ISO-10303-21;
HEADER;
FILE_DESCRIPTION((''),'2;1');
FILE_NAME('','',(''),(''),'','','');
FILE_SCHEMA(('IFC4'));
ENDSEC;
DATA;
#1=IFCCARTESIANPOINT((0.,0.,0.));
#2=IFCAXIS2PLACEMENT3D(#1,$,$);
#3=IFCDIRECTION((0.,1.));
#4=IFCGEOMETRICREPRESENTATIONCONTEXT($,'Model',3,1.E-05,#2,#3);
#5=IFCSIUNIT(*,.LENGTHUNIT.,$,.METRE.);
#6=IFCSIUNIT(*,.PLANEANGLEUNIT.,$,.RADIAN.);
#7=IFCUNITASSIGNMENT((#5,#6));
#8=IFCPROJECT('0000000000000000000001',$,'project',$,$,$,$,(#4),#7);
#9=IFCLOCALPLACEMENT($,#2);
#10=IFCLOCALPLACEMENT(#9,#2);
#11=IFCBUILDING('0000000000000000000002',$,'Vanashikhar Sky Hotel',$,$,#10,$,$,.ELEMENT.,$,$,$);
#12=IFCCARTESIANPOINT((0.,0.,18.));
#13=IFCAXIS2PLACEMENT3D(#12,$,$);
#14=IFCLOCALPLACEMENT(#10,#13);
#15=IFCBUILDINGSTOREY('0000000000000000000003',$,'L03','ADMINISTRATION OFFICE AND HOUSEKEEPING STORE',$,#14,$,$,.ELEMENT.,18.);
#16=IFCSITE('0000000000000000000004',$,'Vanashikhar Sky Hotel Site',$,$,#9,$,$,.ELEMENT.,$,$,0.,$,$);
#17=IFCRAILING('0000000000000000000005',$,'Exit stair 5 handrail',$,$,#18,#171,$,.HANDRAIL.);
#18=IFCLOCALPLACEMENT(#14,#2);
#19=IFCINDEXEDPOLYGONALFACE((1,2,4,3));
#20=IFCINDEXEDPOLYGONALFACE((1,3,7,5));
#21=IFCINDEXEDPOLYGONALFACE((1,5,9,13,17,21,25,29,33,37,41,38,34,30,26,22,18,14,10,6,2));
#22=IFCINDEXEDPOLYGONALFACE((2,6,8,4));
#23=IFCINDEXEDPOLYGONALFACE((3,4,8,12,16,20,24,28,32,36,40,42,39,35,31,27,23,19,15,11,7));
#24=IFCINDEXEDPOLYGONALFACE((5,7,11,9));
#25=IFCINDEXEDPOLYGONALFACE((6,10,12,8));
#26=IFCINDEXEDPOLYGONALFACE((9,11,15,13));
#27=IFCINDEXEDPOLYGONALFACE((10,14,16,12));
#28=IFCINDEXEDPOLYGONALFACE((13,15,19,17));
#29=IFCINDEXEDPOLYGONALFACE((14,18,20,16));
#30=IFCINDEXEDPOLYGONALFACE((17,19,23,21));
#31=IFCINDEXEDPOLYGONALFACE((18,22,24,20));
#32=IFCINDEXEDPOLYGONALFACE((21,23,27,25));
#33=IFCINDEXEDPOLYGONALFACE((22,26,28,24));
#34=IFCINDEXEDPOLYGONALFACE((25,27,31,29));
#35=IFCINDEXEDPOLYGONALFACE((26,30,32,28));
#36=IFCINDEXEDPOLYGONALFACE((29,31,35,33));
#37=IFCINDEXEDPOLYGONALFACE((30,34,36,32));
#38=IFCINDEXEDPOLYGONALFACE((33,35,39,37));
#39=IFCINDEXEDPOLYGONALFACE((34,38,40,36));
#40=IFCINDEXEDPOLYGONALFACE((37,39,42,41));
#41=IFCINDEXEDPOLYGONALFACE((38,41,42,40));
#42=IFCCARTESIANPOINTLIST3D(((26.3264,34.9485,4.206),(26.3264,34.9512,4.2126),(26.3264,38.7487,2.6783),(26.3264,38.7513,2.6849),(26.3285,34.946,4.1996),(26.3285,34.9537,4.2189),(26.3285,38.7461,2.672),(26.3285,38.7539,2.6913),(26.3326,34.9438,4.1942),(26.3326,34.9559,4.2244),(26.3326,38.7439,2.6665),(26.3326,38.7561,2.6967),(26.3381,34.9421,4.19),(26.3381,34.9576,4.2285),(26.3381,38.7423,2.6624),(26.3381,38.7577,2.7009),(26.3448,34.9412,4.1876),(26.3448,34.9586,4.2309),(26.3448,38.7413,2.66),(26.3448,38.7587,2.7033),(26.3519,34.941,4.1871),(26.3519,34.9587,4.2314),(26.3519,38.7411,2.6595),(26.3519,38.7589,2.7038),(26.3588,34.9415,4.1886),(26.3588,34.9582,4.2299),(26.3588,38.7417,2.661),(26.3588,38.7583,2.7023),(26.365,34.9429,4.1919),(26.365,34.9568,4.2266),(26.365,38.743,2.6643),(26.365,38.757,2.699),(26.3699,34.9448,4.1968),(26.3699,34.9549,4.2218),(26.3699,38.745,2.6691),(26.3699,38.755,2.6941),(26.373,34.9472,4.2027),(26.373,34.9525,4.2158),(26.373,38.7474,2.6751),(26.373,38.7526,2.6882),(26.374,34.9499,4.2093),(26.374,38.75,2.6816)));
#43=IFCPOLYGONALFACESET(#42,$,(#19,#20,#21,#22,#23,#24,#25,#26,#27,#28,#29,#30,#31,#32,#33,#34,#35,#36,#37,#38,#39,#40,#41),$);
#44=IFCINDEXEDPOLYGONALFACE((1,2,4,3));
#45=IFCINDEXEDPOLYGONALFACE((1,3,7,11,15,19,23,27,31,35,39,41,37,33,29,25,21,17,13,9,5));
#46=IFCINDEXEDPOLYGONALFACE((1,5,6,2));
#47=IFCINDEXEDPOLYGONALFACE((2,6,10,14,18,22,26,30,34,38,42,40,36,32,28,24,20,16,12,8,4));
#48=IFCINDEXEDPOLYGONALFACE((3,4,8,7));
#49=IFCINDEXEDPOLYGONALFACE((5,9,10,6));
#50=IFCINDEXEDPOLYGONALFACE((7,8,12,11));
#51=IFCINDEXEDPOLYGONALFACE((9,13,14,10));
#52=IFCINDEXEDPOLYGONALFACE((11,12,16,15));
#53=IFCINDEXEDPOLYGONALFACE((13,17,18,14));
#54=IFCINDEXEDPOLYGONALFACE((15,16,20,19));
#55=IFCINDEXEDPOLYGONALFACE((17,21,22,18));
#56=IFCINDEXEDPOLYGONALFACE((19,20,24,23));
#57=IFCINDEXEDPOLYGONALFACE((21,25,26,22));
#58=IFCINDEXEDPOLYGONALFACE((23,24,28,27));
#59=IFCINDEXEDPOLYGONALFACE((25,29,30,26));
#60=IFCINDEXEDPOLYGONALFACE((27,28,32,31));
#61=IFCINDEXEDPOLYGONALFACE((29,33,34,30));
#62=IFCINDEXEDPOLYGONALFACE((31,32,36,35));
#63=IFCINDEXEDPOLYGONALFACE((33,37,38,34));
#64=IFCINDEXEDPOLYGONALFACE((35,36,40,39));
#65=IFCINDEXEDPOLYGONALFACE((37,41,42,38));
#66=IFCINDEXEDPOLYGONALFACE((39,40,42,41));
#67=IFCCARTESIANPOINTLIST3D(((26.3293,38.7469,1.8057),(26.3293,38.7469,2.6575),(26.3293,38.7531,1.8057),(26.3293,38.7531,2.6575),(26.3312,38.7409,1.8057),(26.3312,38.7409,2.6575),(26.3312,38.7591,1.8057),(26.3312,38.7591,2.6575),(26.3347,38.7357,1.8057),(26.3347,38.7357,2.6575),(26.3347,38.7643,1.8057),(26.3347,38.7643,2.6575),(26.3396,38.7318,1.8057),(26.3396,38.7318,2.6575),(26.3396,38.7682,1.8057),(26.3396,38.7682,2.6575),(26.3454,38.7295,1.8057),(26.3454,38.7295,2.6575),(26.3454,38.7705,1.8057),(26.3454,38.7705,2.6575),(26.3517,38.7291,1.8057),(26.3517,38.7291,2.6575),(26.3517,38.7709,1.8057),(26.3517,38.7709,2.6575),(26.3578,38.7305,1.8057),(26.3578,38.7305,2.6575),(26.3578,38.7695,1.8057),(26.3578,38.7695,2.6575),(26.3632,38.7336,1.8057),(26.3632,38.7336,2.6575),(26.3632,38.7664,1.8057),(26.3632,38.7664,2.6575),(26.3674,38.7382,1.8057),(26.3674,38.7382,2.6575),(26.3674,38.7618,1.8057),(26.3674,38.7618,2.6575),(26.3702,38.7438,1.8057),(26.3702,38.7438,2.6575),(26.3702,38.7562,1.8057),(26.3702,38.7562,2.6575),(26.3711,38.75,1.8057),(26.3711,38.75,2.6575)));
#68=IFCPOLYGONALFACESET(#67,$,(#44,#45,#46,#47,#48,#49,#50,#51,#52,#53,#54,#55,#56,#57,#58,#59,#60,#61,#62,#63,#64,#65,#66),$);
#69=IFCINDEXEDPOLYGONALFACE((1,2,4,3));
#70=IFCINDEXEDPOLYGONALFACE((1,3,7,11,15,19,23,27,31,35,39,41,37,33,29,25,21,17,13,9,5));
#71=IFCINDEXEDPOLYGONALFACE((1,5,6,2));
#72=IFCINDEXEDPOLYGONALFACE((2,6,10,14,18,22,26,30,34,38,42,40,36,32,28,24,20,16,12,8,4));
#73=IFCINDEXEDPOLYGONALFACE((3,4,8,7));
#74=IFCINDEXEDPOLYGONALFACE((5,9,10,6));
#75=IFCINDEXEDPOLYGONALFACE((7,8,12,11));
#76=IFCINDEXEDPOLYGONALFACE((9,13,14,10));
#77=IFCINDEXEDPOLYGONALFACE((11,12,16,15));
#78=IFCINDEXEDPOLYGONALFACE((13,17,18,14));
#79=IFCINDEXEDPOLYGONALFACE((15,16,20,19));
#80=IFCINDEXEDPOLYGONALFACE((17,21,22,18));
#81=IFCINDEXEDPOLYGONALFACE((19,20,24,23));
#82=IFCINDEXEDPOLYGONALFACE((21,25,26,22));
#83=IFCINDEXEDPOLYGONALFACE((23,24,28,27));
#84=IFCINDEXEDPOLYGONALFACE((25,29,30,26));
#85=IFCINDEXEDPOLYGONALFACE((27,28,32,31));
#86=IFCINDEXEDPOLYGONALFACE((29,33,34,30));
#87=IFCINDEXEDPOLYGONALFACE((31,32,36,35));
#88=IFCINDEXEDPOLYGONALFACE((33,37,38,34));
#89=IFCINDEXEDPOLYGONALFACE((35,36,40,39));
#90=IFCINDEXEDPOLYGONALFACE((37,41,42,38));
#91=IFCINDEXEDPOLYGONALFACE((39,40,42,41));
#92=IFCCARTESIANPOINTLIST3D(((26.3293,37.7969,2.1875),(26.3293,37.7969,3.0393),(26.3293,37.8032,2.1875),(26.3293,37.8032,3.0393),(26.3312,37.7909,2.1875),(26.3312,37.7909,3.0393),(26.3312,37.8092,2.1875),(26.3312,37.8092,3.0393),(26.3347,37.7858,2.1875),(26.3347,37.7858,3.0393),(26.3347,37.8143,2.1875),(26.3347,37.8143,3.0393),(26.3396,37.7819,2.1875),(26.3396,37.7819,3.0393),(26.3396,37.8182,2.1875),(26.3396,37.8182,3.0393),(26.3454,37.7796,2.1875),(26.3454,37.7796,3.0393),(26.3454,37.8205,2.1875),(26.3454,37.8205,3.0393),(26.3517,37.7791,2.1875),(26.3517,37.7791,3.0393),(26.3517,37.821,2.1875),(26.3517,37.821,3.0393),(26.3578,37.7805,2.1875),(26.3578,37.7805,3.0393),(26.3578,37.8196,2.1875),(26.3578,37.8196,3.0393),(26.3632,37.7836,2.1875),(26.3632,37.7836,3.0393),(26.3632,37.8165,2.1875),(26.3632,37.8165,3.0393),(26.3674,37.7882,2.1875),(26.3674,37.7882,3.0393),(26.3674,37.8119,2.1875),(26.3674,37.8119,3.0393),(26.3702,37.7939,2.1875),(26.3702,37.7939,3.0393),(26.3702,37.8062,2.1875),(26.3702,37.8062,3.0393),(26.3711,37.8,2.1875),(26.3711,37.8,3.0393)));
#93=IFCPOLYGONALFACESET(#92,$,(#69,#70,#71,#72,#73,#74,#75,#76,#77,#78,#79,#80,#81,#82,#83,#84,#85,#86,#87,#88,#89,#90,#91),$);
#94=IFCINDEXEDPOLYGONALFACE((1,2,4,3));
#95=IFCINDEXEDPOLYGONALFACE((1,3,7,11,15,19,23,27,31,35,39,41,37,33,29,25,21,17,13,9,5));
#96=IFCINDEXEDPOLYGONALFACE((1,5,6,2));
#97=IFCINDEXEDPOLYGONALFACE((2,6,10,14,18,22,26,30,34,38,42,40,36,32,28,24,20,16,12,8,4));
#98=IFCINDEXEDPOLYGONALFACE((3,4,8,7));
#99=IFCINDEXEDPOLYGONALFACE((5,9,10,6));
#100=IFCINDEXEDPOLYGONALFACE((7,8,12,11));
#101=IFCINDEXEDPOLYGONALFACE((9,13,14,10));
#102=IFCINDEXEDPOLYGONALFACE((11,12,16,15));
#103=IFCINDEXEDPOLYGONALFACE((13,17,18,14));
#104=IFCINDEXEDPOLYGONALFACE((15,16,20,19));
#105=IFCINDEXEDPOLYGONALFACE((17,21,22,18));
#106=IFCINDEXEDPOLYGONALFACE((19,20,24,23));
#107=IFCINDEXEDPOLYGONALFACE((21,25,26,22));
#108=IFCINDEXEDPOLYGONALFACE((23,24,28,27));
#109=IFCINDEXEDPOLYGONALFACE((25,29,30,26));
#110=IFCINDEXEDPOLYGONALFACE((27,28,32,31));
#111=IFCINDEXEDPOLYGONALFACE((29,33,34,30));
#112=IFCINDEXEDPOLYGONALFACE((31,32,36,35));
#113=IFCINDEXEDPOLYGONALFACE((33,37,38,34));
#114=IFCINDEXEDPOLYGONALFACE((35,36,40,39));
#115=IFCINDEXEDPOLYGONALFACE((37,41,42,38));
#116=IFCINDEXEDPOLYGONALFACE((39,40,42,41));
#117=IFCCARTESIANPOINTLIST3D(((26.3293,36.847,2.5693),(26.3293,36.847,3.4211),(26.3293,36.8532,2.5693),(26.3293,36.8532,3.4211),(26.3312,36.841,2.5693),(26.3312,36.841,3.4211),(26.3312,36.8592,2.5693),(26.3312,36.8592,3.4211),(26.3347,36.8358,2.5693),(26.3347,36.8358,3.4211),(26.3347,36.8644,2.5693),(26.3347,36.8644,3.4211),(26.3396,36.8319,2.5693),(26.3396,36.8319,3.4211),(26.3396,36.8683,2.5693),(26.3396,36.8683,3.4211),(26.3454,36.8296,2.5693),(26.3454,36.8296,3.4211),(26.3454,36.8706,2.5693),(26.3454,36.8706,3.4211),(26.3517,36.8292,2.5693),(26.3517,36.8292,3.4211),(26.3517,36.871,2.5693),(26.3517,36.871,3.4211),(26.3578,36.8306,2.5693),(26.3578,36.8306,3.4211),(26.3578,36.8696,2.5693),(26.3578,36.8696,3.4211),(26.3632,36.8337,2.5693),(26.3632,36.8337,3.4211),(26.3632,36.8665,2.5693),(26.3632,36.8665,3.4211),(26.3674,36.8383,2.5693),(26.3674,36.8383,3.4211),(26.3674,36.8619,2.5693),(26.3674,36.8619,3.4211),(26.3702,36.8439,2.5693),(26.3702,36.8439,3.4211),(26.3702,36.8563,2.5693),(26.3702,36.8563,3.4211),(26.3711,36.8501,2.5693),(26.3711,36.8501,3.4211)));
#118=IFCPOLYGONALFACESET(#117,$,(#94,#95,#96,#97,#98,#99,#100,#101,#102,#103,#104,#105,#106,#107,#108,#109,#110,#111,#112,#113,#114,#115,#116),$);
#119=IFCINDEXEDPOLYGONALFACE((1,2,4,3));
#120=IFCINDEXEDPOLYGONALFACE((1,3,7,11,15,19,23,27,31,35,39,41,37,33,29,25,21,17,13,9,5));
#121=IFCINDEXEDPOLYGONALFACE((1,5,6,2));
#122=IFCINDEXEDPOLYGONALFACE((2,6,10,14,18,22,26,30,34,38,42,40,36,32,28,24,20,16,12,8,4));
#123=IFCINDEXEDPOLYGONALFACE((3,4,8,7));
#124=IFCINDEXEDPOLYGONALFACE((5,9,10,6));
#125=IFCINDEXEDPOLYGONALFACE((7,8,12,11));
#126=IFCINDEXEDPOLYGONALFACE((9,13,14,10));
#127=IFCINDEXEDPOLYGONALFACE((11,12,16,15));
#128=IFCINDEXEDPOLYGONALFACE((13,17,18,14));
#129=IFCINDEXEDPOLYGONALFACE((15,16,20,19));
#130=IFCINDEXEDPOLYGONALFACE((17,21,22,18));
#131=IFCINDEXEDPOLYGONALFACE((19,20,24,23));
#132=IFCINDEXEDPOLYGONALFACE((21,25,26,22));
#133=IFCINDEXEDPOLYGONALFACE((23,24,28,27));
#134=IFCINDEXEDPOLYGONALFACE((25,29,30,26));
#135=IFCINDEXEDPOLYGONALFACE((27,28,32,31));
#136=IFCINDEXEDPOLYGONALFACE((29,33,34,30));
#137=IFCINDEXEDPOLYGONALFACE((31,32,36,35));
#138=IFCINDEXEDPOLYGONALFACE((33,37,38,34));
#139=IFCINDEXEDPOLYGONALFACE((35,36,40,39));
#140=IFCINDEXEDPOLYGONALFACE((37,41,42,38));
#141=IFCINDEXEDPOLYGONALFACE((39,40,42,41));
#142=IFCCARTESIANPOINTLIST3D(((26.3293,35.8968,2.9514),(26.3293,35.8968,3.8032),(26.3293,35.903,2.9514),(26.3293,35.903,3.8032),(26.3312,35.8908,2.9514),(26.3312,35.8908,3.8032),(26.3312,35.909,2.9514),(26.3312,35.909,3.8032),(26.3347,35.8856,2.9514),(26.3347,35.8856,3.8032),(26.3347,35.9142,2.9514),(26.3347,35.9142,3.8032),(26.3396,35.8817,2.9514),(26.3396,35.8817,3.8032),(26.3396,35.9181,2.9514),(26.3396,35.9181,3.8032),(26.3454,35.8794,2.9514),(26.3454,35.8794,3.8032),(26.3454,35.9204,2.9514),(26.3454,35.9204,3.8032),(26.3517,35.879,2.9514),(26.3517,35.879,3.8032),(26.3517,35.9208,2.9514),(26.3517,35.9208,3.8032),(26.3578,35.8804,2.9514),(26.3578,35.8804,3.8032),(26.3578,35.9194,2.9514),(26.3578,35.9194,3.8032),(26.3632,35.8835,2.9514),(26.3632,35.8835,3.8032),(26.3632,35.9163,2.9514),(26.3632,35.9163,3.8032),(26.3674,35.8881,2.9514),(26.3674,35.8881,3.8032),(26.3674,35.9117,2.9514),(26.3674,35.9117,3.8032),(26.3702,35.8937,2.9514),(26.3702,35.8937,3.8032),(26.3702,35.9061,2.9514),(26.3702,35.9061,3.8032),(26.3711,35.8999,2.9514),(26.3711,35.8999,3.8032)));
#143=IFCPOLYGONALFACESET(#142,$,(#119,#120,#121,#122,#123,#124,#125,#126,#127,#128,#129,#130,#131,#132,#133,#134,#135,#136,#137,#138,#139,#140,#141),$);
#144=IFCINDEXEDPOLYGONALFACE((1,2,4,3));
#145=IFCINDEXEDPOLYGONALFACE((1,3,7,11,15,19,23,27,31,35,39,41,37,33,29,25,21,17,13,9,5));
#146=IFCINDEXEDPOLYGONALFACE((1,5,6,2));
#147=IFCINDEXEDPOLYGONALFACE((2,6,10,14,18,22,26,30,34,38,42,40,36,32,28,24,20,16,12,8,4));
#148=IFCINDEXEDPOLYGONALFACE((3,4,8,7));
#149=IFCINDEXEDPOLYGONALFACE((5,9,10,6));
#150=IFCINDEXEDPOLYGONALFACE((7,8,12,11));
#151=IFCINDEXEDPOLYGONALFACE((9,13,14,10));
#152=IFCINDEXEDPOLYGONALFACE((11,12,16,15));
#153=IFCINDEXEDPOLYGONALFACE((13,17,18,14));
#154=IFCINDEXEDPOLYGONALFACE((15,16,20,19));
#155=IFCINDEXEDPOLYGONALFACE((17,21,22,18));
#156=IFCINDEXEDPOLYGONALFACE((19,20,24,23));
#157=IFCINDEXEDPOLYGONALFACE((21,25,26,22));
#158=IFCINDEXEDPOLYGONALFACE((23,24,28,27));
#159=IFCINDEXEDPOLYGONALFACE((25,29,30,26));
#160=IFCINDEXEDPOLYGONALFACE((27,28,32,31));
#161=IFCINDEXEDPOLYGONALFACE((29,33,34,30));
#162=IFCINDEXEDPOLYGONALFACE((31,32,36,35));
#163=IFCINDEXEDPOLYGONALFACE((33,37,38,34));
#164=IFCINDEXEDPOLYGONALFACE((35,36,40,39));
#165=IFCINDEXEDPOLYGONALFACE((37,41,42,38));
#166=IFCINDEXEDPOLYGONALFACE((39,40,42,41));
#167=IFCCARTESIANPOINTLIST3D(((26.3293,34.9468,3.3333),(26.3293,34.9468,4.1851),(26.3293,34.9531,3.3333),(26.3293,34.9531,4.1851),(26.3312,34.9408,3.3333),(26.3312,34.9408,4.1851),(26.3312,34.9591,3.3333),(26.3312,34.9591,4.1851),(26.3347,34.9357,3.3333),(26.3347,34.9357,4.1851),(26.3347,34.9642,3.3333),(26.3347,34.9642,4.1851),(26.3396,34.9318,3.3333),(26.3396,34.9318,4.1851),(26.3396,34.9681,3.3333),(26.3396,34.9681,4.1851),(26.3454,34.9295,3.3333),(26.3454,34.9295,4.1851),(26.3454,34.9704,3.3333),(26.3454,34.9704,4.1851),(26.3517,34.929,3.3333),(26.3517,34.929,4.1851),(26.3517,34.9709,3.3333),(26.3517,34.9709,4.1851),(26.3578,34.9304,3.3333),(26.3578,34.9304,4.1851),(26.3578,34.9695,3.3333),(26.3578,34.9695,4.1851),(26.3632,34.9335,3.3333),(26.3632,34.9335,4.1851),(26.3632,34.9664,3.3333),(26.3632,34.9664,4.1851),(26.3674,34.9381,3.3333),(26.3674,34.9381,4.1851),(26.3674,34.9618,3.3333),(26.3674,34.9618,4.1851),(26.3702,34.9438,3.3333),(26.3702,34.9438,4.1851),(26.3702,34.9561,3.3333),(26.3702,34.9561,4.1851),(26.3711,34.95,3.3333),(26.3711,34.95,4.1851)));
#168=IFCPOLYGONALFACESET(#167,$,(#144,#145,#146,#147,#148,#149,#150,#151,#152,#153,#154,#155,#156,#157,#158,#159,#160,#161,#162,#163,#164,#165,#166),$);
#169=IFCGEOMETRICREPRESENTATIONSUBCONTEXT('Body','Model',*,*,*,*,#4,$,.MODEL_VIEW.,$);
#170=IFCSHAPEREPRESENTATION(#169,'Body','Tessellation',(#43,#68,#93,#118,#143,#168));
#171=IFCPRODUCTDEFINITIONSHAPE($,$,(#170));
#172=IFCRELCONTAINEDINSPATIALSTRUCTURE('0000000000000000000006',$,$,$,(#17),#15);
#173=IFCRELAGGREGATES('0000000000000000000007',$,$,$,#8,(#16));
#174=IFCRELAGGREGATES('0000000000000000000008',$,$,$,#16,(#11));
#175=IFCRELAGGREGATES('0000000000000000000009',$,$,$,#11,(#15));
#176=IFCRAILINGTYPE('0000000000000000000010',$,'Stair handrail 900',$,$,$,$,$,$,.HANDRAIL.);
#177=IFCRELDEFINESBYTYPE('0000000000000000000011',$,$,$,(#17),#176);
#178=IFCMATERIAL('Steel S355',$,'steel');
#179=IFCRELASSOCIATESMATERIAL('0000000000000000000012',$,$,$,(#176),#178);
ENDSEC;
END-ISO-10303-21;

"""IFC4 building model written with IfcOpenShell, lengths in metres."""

from ifc_helpers import new_model, si_unit, direction, frame, origin, origin_2d, place, context, subcontext, project, spatial, circle, extrude, source, transform, mapped, material, type_object, element, save


model = new_model("IFC4")

# Units and contexts
model_context = context("Model", 3, precision=1e-05, world=origin(), true_north=direction((0.0, 1.0)))
body_context = subcontext(model_context, "Body", "Model", "MODEL_VIEW")
ifc_project = project(units=[si_unit("LENGTHUNIT", "METRE"), si_unit("PLANEANGLEUNIT", "RADIAN")], contexts=[model_context])

# Site, building, storey
site_placement = place(None, origin())
site = spatial("IfcSite", under=ifc_project, at=site_placement, Name="Vanashikhar Sky Hotel Site", CompositionType="ELEMENT", RefElevation=0.0)
building_placement = place(site_placement, origin())
building = spatial("IfcBuilding", under=site, at=building_placement, Name="Vanashikhar Sky Hotel", CompositionType="ELEMENT")
storey_placement = place(building_placement, frame((0.0, 0.0, 18.0)))
storey = spatial("IfcBuildingStorey", under=building, at=storey_placement, Name="L03", Description="ADMINISTRATION OFFICE AND HOUSEKEEPING STORE", CompositionType="ELEMENT", Elevation=18.0)

# Railing
ifc_material_1 = material(Name="Steel S355", Category="steel")
railing_type_1 = type_object("IfcRailingType", Name="Stair handrail 900", PredefinedType="HANDRAIL", material=ifc_material_1)
shared_shape_1 = source(origin(), body_context, "Body", "SweptSolid", [
    extrude(circle(Radius=0.0239, at=origin_2d()), frame((0.0, 0.0, 0.876), z_axis=(0.0, -0.927838, 0.372983), x_axis=(1.0, 0.0, 0.0)), (0.0, 0.0, 1.0), 4.0957),
    extrude(circle(Radius=0.021, at=origin_2d()), origin(), (0.0, 0.0, 1.0), 0.8518),
    extrude(circle(Radius=0.021, at=origin_2d()), frame((0.0, -0.95, 0.3818)), (0.0, 0.0, 1.0), 0.8518),
    extrude(circle(Radius=0.021, at=origin_2d()), frame((0.0, -1.8999, 0.7637)), (0.0, 0.0, 1.0), 0.8518),
    extrude(circle(Radius=0.021, at=origin_2d()), frame((0.0, -2.8501, 1.1458)), (0.0, 0.0, 1.0), 0.8518),
    extrude(circle(Radius=0.021, at=origin_2d()), frame((0.0, -3.8, 1.5276)), (0.0, 0.0, 1.0), 0.8518),
])
for number, where, name in (
    (1, (26.3501, 38.75, 1.8057), "Exit stair 5 handrail"),
):
    element("IfcRailing", number, at=place(storey_placement, frame(where)), inside=storey, type_object=railing_type_1, Name=name, PredefinedType="HANDRAIL", context=body_context, shape_type="MappedRepresentation", body=[
        mapped(shared_shape_1, transform((0.0, 0.0, 0.0), scale=1.0)),
    ])

save(model, "model.ifc")
